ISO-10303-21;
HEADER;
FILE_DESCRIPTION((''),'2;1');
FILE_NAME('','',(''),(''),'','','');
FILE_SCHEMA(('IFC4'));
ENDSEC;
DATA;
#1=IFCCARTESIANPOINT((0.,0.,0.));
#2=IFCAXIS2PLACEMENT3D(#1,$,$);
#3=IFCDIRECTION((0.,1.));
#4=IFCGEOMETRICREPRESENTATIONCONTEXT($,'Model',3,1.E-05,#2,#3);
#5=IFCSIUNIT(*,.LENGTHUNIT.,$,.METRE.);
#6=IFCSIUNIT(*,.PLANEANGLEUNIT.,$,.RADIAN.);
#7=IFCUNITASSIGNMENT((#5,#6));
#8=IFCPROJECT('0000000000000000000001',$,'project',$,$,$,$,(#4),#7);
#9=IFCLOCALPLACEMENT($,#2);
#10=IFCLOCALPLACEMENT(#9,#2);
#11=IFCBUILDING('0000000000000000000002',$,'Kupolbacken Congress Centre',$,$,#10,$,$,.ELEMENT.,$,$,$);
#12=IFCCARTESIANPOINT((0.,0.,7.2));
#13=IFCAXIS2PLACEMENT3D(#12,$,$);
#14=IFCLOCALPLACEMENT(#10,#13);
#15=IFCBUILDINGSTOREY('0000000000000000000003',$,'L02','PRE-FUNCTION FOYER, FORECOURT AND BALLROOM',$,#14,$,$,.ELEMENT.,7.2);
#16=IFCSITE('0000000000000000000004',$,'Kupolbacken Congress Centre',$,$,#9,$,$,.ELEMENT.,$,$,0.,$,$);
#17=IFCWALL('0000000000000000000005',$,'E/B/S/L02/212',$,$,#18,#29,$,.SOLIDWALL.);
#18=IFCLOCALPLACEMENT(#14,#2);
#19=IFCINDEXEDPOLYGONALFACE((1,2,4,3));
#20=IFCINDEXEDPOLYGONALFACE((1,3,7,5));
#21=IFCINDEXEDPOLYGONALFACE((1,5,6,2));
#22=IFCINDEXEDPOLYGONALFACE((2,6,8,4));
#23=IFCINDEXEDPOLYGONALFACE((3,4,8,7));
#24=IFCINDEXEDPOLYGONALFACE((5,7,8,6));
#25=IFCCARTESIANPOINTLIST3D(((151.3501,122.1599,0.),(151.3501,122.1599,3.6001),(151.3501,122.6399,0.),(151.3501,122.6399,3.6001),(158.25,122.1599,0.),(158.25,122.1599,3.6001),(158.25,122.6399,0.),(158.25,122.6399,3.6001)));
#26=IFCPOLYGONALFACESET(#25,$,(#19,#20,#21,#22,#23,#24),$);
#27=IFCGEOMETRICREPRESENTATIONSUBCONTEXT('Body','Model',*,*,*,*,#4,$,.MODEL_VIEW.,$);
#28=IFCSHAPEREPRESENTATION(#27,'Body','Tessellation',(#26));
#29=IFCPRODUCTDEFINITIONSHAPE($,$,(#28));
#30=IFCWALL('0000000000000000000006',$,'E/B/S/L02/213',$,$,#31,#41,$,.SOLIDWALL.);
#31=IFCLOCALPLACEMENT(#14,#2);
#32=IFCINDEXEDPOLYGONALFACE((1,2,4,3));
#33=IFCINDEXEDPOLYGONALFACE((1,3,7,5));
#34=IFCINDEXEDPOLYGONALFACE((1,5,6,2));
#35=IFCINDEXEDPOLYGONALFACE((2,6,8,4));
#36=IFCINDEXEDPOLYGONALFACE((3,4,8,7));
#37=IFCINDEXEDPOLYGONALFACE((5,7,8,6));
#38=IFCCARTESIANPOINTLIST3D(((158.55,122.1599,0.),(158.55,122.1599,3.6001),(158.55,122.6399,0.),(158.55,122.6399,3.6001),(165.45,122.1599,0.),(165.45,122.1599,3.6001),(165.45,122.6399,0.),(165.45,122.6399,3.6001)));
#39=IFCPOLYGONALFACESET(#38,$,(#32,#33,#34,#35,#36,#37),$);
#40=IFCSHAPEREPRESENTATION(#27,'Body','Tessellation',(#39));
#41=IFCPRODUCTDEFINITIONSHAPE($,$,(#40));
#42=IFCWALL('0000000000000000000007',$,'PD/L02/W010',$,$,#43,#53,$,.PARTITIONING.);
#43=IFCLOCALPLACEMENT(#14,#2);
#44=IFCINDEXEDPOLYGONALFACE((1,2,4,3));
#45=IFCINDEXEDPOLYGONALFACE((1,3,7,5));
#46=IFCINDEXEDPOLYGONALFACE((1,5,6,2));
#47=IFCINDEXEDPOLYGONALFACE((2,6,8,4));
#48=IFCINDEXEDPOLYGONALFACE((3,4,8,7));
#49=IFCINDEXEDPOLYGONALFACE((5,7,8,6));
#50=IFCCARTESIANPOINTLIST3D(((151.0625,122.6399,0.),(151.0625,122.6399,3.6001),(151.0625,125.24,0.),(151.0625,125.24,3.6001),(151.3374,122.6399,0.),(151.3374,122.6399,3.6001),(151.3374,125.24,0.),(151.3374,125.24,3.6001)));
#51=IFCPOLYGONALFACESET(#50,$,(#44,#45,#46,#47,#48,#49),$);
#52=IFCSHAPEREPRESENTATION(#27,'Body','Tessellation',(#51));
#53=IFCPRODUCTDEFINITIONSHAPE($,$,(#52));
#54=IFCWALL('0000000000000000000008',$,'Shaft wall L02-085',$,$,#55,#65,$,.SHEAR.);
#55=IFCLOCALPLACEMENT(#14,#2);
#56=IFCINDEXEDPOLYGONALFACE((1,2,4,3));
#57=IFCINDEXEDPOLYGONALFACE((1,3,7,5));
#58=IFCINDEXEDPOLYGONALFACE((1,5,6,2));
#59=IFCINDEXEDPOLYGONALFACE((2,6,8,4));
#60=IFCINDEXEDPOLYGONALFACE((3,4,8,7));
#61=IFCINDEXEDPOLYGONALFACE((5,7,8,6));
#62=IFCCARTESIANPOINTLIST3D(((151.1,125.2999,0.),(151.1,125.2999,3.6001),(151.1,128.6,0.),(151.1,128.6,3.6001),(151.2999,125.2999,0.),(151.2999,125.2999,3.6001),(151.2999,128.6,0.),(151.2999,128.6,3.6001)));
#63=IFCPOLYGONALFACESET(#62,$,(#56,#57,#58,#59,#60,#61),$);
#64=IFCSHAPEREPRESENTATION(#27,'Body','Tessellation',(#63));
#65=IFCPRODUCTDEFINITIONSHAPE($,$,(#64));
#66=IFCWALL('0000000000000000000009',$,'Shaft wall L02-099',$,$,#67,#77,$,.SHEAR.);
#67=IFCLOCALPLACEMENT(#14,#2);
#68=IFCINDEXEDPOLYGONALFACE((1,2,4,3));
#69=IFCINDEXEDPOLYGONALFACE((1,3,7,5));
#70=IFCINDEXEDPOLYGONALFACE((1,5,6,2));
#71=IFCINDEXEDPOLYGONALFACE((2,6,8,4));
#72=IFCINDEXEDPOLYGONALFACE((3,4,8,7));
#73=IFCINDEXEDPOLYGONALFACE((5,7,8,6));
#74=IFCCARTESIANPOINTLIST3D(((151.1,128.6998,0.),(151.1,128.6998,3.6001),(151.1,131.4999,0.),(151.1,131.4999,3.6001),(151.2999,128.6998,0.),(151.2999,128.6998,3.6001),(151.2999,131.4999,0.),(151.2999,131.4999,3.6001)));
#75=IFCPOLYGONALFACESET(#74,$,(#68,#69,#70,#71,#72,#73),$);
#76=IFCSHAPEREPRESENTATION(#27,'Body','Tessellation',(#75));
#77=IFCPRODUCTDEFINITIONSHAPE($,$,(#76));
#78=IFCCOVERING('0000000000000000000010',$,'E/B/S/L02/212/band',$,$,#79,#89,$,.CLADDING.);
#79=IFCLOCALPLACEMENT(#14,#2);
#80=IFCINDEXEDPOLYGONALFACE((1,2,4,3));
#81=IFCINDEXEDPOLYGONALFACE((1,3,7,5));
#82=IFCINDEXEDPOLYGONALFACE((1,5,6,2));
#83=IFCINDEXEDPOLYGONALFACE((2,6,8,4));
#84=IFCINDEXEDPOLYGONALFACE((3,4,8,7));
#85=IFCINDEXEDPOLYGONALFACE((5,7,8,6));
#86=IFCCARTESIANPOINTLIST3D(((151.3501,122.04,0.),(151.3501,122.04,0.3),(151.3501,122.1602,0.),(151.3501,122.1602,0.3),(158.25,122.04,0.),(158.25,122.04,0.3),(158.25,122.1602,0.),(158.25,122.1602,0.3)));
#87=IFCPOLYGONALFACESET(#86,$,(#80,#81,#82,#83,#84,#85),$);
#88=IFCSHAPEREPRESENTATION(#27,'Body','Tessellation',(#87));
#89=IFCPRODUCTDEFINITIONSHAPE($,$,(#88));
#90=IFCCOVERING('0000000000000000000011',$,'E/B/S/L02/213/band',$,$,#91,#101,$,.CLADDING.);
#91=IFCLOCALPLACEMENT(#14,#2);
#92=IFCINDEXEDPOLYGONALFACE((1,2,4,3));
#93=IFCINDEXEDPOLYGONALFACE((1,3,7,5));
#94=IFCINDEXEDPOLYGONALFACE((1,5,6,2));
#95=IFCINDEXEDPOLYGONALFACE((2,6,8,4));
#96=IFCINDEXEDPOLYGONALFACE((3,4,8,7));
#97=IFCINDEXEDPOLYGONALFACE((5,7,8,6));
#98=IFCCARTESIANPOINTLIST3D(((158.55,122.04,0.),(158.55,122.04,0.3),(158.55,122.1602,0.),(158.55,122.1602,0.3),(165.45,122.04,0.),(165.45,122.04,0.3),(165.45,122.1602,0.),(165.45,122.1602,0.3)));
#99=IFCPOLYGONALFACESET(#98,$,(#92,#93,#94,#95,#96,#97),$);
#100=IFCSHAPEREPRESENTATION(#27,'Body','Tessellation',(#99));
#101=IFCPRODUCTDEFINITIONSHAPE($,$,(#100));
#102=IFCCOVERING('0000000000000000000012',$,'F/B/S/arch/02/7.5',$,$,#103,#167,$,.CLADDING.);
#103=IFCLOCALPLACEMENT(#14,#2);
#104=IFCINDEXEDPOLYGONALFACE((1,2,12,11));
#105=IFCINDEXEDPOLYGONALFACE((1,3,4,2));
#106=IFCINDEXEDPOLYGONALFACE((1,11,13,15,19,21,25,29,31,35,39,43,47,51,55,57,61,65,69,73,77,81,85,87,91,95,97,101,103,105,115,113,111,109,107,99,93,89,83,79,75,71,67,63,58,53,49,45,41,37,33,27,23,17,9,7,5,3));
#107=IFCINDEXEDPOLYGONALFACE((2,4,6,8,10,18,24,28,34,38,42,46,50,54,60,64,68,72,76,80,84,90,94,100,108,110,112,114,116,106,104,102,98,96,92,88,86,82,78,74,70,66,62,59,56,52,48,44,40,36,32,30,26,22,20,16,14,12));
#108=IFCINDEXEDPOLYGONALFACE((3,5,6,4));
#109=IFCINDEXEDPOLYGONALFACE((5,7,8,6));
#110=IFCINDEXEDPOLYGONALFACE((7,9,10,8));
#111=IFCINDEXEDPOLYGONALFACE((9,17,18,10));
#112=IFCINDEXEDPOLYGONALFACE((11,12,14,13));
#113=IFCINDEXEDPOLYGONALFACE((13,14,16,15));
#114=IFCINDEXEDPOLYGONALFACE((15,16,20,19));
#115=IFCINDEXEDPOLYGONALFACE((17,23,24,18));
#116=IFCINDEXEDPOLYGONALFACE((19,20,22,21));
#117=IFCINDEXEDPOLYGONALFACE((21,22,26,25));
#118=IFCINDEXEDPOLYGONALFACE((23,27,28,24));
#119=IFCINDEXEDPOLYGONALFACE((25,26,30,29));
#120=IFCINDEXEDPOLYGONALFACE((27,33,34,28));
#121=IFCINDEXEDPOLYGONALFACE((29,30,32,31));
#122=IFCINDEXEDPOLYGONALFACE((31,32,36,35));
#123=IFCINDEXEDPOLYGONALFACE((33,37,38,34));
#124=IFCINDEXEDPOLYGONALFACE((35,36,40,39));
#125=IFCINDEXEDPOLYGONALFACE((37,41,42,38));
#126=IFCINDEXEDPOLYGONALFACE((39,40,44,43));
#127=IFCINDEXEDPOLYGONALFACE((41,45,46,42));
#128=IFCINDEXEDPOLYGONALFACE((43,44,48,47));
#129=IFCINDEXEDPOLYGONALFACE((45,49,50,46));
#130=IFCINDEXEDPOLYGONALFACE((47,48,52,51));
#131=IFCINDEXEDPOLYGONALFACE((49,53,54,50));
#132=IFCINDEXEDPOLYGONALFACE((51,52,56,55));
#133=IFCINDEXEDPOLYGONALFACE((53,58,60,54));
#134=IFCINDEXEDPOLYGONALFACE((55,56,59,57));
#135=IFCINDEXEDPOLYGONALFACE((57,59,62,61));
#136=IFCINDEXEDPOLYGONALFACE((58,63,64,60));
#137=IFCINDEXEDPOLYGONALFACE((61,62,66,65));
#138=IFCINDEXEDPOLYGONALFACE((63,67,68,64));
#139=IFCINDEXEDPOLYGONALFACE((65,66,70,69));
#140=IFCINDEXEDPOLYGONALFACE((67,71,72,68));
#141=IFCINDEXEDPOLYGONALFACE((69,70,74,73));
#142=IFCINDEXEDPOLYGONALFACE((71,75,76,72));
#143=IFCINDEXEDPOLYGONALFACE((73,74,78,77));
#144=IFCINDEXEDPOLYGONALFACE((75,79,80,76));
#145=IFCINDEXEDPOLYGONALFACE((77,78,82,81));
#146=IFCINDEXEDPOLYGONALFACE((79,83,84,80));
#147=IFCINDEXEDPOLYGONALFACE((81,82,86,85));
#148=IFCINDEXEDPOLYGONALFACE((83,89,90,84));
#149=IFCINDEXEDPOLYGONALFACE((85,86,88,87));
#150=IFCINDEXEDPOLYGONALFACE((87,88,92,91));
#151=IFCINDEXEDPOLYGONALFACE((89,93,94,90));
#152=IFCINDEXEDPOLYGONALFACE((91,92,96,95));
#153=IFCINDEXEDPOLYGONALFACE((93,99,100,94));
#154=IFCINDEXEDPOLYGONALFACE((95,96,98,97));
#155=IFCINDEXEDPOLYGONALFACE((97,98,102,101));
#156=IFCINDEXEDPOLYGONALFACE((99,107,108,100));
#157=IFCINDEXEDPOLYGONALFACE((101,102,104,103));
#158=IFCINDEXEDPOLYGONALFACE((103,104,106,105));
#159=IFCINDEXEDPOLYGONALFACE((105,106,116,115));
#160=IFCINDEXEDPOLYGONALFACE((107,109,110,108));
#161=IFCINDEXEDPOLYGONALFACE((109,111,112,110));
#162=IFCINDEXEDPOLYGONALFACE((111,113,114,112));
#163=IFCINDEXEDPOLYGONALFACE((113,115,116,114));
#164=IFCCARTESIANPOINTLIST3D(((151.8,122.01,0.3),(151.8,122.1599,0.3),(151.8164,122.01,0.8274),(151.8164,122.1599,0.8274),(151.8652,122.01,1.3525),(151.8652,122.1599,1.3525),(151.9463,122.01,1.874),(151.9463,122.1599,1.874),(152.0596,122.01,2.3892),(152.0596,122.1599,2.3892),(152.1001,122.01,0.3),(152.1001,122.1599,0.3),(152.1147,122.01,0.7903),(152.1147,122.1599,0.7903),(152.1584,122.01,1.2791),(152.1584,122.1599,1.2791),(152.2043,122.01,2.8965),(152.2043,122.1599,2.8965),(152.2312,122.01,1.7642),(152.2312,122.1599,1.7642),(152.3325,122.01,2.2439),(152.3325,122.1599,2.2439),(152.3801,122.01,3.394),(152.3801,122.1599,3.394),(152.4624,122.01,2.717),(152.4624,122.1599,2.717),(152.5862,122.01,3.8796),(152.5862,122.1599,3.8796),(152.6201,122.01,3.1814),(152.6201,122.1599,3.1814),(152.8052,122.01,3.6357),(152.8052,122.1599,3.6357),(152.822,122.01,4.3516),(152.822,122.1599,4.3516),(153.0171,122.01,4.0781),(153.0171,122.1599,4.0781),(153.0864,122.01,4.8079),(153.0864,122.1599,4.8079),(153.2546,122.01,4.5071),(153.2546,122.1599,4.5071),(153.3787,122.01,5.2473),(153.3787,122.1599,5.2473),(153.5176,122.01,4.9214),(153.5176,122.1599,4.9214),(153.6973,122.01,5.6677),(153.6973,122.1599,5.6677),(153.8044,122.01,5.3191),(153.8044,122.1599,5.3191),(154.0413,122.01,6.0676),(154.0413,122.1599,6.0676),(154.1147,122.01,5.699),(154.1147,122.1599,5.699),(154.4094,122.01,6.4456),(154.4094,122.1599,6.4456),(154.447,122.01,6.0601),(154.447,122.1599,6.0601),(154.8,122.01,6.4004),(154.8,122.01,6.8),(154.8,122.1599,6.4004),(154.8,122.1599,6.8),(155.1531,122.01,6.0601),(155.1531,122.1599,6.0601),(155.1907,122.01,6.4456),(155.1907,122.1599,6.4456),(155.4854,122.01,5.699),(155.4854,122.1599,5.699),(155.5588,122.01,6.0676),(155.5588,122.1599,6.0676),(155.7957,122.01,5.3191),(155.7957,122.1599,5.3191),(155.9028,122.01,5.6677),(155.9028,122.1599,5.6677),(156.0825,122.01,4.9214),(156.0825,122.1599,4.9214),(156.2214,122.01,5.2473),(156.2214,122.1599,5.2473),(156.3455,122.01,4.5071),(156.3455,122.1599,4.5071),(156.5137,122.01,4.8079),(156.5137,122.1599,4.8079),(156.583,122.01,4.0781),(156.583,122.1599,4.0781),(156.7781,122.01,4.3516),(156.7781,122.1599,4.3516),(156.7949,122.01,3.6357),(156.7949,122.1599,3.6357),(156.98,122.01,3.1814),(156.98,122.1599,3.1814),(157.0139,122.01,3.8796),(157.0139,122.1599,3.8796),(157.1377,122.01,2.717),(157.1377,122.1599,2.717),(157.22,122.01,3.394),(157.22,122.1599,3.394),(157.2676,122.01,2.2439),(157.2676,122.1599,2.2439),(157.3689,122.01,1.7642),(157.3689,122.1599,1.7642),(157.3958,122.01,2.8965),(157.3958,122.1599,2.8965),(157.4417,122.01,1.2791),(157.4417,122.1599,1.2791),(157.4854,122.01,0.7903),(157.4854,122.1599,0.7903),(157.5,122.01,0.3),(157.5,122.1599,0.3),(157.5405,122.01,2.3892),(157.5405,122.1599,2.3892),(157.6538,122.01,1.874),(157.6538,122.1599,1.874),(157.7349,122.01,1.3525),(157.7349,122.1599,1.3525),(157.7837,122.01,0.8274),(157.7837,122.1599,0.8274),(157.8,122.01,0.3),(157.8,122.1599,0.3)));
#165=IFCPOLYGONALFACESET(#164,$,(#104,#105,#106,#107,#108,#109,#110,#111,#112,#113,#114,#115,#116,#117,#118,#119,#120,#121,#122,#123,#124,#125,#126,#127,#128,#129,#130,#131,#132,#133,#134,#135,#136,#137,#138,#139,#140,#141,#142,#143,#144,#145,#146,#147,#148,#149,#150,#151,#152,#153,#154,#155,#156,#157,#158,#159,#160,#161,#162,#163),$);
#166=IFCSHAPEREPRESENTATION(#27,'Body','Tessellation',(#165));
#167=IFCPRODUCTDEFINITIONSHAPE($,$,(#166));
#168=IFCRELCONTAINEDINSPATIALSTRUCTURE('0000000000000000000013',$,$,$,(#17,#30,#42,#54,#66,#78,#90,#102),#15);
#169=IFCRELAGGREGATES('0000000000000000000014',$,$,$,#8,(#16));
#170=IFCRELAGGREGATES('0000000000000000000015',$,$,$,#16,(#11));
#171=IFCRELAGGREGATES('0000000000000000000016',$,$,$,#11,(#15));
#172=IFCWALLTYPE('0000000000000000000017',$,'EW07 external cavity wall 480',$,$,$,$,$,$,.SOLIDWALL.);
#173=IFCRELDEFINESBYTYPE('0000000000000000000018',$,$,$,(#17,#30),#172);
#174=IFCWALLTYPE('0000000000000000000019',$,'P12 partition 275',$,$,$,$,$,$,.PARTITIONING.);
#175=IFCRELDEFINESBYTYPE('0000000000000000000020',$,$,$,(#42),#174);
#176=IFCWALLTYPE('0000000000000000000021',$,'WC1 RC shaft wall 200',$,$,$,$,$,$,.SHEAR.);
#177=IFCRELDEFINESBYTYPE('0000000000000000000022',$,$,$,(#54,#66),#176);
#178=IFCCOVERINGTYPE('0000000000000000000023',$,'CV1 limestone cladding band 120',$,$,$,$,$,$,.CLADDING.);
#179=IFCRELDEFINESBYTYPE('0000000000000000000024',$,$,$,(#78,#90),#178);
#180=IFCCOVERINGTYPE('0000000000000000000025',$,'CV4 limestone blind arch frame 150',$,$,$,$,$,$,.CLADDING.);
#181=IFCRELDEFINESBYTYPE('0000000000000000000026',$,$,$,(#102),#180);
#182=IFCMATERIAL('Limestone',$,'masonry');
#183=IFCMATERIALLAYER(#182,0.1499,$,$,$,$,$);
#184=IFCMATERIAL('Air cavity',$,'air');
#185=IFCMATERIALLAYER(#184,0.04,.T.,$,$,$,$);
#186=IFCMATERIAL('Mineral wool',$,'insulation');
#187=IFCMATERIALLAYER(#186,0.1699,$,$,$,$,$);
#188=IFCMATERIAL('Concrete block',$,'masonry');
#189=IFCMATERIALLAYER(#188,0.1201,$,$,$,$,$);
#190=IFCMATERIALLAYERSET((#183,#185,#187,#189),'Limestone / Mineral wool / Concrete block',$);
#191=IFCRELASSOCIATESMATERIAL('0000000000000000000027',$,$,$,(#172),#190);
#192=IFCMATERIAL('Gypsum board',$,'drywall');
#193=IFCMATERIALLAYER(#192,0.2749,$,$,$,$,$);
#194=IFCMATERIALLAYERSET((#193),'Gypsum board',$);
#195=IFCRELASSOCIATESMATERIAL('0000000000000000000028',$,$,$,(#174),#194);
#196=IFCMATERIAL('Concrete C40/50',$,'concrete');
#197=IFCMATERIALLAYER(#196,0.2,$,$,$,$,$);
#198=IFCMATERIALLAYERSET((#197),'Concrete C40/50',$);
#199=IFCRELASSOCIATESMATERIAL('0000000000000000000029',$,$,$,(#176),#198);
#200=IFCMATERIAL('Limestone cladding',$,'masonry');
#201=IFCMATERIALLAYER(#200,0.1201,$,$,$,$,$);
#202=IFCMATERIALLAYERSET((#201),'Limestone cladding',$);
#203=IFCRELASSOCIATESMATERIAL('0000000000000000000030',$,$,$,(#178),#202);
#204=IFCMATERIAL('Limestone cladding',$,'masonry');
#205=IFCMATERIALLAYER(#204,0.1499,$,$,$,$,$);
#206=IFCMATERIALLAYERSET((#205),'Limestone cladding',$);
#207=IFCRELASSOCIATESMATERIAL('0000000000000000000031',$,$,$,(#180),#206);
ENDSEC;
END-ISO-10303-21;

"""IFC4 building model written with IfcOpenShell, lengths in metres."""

from ifc_helpers import new_model, si_unit, direction, frame, frame_2d, origin, origin_2d, place, context, subcontext, project, spatial, polyline, rectangle, outline, extrude, material, layer, layer_set, type_object, element, save


model = new_model("IFC4")

# Units and contexts
model_context = context("Model", 3, precision=1e-05, world=origin(), true_north=direction((0.0, 1.0)))
body_context = subcontext(model_context, "Body", "Model", "MODEL_VIEW")
ifc_project = project(units=[si_unit("LENGTHUNIT", "METRE"), si_unit("PLANEANGLEUNIT", "RADIAN")], contexts=[model_context])

# Site, building, storey
site_placement = place(None, origin())
site = spatial("IfcSite", under=ifc_project, at=site_placement, Name="Kupolbacken Congress Centre", CompositionType="ELEMENT", RefElevation=0.0)
building_placement = place(site_placement, origin())
building = spatial("IfcBuilding", under=site, at=building_placement, Name="Kupolbacken Congress Centre", CompositionType="ELEMENT")
storey_placement = place(building_placement, frame((0.0, 0.0, 7.2)))
storey = spatial("IfcBuildingStorey", under=building, at=storey_placement, Name="L02", Description="PRE-FUNCTION FOYER, FORECOURT AND BALLROOM", CompositionType="ELEMENT", Elevation=7.2)

# Walls
ifc_material_1 = material(Name="Limestone", Category="masonry")
ifc_layer_1 = layer(ifc_material_1, 0.1499)
ifc_material_2 = material(Name="Air cavity", Category="air")
ifc_layer_2 = layer(ifc_material_2, 0.04, ventilated=True)
ifc_material_3 = material(Name="Mineral wool", Category="insulation")
ifc_layer_3 = layer(ifc_material_3, 0.1699)
ifc_material_4 = material(Name="Concrete block", Category="masonry")
ifc_layer_4 = layer(ifc_material_4, 0.1201)
ifc_layer_set_1 = layer_set([ifc_layer_1, ifc_layer_2, ifc_layer_3, ifc_layer_4], Name="Limestone / Mineral wool / Concrete block")
wall_type_1 = type_object("IfcWallType", Name="EW07 external cavity wall 480", PredefinedType="SOLIDWALL", material=ifc_layer_set_1)
for number, where, z_axis, x_axis, name in (
    (1, (151.3501, 122.3999, 0.0), (0.0, 0.0, 1.0), (1.0, 0.0, 0.0), "E/B/S/L02/212"),
    (2, (158.55, 122.3999, 0.0), (0.0, 0.0, 1.0), (1.0, 0.0, 0.0), "E/B/S/L02/213"),
):
    element("IfcWall", number, at=place(storey_placement, frame(where, z_axis=z_axis, x_axis=x_axis)), inside=storey, type_object=wall_type_1, Name=name, PredefinedType="SOLIDWALL", context=body_context, shape_type="SweptSolid", body=[
        extrude(rectangle(XDim=6.8999, YDim=0.48, at=frame_2d((3.45, 0.0))), origin(), (0.0, 0.0, 1.0), 3.6001),
    ])
ifc_material_5 = material(Name="Gypsum board", Category="drywall")
ifc_layer_5 = layer(ifc_material_5, 0.2749)
ifc_layer_set_2 = layer_set([ifc_layer_5], Name="Gypsum board")
wall_type_2 = type_object("IfcWallType", Name="P12 partition 275", PredefinedType="PARTITIONING", material=ifc_layer_set_2)
wall_1_placement = place(storey_placement, frame((151.2, 122.6399, 0.0), z_axis=(0.0, 0.0, 1.0), x_axis=(0.0, 1.0, 0.0)))
element("IfcWall", 3, at=wall_1_placement, inside=storey, type_object=wall_type_2, Name="PD/L02/W010", PredefinedType="PARTITIONING", context=body_context, shape_type="SweptSolid", body=[
    extrude(rectangle(XDim=2.6001, YDim=0.2749, at=frame_2d((1.3, 0.0))), origin(), (0.0, 0.0, 1.0), 3.6001),
])
ifc_material_6 = material(Name="Concrete C40/50", Category="concrete")
ifc_layer_6 = layer(ifc_material_6, 0.2)
ifc_layer_set_3 = layer_set([ifc_layer_6], Name="Concrete C40/50")
wall_type_3 = type_object("IfcWallType", Name="WC1 RC shaft wall 200", PredefinedType="SHEAR", material=ifc_layer_set_3)
wall_2_placement = place(storey_placement, frame((151.2, 125.3, 0.0), z_axis=(0.0, 0.0, 1.0), x_axis=(0.0, 1.0, 0.0)))
element("IfcWall", 4, at=wall_2_placement, inside=storey, type_object=wall_type_3, Name="Shaft wall L02-085", PredefinedType="SHEAR", context=body_context, shape_type="SweptSolid", body=[
    extrude(rectangle(XDim=3.3, YDim=0.2, at=frame_2d((1.6499, 0.0))), origin(), (0.0, 0.0, 1.0), 3.6001),
])
wall_3_placement = place(storey_placement, frame((151.2, 128.7, 0.0), z_axis=(0.0, 0.0, 1.0), x_axis=(0.0, 1.0, 0.0)))
element("IfcWall", 5, at=wall_3_placement, inside=storey, type_object=wall_type_3, Name="Shaft wall L02-099", PredefinedType="SHEAR", context=body_context, shape_type="SweptSolid", body=[
    extrude(rectangle(XDim=2.8, YDim=0.2, at=frame_2d((1.3999, 0.0))), origin(), (0.0, 0.0, 1.0), 3.6001),
])

# Coverings
ifc_material_7 = material(Name="Limestone cladding", Category="masonry")
ifc_layer_7 = layer(ifc_material_7, 0.1201)
ifc_layer_set_4 = layer_set([ifc_layer_7], Name="Limestone cladding")
covering_type_1 = type_object("IfcCoveringType", Name="CV1 limestone cladding band 120", PredefinedType="CLADDING", material=ifc_layer_set_4)
for number, where, z_axis, x_axis, name in (
    (6, (154.8, 122.1001, 0.0), (0.0, 0.0, 1.0), (1.0, 0.0, 0.0), "E/B/S/L02/212/band"),
    (7, (162.0, 122.1001, 0.0), (0.0, 0.0, 1.0), (1.0, 0.0, 0.0), "E/B/S/L02/213/band"),
):
    element("IfcCovering", number, at=place(storey_placement, frame(where, z_axis=z_axis, x_axis=x_axis)), inside=storey, type_object=covering_type_1, Name=name, PredefinedType="CLADDING", context=body_context, shape_type="SweptSolid", body=[
        extrude(rectangle(XDim=6.8999, YDim=0.1201, at=origin_2d()), origin(), (0.0, 0.0, 1.0), 0.3),
    ])
ifc_material_8 = material(Name="Limestone cladding", Category="masonry")
ifc_layer_8 = layer(ifc_material_8, 0.1499)
ifc_layer_set_5 = layer_set([ifc_layer_8], Name="Limestone cladding")
covering_type_2 = type_object("IfcCoveringType", Name="CV4 limestone blind arch frame 150", PredefinedType="CLADDING", material=ifc_layer_set_5)
covering_1_placement = place(storey_placement, frame((151.8, 122.1599, 0.3), z_axis=(0.0, -1.0, 0.0), x_axis=(1.0, 0.0, 0.0)))
element("IfcCovering", 8, at=covering_1_placement, inside=storey, type_object=covering_type_2, Name="F/B/S/arch/02/7.5", PredefinedType="CLADDING", context=body_context, shape_type="SweptSolid", body=[
    extrude(outline(polyline([(0.0, 0.0), (0.0164, 0.5273), (0.0652, 1.0525), (0.1462, 1.574), (0.2595, 2.0891), (0.4043, 2.5964), (0.5801, 3.094), (0.7861, 3.5796), (1.022, 4.0515), (1.2864, 4.5078), (1.5786, 4.9473), (1.8972, 5.3677), (2.2412, 5.7676), (2.6094, 6.1455), (3.0, 6.5), (3.3906, 6.1455), (3.7588, 5.7676), (4.1028, 5.3677), (4.4214, 4.9473), (4.7136, 4.5078), (4.978, 4.0515), (5.2139, 3.5796), (5.4199, 3.094), (5.5957, 2.5964), (5.7405, 2.0891), (5.8538, 1.574), (5.9348, 1.0525), (5.9836, 0.5273), (6.0, 0.0), (5.7, 0.0), (5.6853, 0.4902), (5.6416, 0.979), (5.5688, 1.4641), (5.4675, 1.9438), (5.3376, 2.417), (5.1799, 2.8813), (4.9949, 3.3357), (4.783, 3.7781), (4.5454, 4.207), (4.2825, 4.6213), (3.9956, 5.019), (3.6853, 5.3989), (3.353, 5.76), (3.0, 6.1003), (2.647, 5.76), (2.3147, 5.3989), (2.0044, 5.019), (1.7175, 4.6213), (1.4546, 4.207), (1.217, 3.7781), (1.0051, 3.3357), (0.8201, 2.8813), (0.6624, 2.417), (0.5325, 1.9438), (0.4312, 1.4641), (0.3584, 0.979), (0.3147, 0.4902), (0.3, 0.0), (0.0, 0.0)])), origin(), (0.0, 0.0, 1.0), 0.1499),
])

save(model, "model.ifc")
